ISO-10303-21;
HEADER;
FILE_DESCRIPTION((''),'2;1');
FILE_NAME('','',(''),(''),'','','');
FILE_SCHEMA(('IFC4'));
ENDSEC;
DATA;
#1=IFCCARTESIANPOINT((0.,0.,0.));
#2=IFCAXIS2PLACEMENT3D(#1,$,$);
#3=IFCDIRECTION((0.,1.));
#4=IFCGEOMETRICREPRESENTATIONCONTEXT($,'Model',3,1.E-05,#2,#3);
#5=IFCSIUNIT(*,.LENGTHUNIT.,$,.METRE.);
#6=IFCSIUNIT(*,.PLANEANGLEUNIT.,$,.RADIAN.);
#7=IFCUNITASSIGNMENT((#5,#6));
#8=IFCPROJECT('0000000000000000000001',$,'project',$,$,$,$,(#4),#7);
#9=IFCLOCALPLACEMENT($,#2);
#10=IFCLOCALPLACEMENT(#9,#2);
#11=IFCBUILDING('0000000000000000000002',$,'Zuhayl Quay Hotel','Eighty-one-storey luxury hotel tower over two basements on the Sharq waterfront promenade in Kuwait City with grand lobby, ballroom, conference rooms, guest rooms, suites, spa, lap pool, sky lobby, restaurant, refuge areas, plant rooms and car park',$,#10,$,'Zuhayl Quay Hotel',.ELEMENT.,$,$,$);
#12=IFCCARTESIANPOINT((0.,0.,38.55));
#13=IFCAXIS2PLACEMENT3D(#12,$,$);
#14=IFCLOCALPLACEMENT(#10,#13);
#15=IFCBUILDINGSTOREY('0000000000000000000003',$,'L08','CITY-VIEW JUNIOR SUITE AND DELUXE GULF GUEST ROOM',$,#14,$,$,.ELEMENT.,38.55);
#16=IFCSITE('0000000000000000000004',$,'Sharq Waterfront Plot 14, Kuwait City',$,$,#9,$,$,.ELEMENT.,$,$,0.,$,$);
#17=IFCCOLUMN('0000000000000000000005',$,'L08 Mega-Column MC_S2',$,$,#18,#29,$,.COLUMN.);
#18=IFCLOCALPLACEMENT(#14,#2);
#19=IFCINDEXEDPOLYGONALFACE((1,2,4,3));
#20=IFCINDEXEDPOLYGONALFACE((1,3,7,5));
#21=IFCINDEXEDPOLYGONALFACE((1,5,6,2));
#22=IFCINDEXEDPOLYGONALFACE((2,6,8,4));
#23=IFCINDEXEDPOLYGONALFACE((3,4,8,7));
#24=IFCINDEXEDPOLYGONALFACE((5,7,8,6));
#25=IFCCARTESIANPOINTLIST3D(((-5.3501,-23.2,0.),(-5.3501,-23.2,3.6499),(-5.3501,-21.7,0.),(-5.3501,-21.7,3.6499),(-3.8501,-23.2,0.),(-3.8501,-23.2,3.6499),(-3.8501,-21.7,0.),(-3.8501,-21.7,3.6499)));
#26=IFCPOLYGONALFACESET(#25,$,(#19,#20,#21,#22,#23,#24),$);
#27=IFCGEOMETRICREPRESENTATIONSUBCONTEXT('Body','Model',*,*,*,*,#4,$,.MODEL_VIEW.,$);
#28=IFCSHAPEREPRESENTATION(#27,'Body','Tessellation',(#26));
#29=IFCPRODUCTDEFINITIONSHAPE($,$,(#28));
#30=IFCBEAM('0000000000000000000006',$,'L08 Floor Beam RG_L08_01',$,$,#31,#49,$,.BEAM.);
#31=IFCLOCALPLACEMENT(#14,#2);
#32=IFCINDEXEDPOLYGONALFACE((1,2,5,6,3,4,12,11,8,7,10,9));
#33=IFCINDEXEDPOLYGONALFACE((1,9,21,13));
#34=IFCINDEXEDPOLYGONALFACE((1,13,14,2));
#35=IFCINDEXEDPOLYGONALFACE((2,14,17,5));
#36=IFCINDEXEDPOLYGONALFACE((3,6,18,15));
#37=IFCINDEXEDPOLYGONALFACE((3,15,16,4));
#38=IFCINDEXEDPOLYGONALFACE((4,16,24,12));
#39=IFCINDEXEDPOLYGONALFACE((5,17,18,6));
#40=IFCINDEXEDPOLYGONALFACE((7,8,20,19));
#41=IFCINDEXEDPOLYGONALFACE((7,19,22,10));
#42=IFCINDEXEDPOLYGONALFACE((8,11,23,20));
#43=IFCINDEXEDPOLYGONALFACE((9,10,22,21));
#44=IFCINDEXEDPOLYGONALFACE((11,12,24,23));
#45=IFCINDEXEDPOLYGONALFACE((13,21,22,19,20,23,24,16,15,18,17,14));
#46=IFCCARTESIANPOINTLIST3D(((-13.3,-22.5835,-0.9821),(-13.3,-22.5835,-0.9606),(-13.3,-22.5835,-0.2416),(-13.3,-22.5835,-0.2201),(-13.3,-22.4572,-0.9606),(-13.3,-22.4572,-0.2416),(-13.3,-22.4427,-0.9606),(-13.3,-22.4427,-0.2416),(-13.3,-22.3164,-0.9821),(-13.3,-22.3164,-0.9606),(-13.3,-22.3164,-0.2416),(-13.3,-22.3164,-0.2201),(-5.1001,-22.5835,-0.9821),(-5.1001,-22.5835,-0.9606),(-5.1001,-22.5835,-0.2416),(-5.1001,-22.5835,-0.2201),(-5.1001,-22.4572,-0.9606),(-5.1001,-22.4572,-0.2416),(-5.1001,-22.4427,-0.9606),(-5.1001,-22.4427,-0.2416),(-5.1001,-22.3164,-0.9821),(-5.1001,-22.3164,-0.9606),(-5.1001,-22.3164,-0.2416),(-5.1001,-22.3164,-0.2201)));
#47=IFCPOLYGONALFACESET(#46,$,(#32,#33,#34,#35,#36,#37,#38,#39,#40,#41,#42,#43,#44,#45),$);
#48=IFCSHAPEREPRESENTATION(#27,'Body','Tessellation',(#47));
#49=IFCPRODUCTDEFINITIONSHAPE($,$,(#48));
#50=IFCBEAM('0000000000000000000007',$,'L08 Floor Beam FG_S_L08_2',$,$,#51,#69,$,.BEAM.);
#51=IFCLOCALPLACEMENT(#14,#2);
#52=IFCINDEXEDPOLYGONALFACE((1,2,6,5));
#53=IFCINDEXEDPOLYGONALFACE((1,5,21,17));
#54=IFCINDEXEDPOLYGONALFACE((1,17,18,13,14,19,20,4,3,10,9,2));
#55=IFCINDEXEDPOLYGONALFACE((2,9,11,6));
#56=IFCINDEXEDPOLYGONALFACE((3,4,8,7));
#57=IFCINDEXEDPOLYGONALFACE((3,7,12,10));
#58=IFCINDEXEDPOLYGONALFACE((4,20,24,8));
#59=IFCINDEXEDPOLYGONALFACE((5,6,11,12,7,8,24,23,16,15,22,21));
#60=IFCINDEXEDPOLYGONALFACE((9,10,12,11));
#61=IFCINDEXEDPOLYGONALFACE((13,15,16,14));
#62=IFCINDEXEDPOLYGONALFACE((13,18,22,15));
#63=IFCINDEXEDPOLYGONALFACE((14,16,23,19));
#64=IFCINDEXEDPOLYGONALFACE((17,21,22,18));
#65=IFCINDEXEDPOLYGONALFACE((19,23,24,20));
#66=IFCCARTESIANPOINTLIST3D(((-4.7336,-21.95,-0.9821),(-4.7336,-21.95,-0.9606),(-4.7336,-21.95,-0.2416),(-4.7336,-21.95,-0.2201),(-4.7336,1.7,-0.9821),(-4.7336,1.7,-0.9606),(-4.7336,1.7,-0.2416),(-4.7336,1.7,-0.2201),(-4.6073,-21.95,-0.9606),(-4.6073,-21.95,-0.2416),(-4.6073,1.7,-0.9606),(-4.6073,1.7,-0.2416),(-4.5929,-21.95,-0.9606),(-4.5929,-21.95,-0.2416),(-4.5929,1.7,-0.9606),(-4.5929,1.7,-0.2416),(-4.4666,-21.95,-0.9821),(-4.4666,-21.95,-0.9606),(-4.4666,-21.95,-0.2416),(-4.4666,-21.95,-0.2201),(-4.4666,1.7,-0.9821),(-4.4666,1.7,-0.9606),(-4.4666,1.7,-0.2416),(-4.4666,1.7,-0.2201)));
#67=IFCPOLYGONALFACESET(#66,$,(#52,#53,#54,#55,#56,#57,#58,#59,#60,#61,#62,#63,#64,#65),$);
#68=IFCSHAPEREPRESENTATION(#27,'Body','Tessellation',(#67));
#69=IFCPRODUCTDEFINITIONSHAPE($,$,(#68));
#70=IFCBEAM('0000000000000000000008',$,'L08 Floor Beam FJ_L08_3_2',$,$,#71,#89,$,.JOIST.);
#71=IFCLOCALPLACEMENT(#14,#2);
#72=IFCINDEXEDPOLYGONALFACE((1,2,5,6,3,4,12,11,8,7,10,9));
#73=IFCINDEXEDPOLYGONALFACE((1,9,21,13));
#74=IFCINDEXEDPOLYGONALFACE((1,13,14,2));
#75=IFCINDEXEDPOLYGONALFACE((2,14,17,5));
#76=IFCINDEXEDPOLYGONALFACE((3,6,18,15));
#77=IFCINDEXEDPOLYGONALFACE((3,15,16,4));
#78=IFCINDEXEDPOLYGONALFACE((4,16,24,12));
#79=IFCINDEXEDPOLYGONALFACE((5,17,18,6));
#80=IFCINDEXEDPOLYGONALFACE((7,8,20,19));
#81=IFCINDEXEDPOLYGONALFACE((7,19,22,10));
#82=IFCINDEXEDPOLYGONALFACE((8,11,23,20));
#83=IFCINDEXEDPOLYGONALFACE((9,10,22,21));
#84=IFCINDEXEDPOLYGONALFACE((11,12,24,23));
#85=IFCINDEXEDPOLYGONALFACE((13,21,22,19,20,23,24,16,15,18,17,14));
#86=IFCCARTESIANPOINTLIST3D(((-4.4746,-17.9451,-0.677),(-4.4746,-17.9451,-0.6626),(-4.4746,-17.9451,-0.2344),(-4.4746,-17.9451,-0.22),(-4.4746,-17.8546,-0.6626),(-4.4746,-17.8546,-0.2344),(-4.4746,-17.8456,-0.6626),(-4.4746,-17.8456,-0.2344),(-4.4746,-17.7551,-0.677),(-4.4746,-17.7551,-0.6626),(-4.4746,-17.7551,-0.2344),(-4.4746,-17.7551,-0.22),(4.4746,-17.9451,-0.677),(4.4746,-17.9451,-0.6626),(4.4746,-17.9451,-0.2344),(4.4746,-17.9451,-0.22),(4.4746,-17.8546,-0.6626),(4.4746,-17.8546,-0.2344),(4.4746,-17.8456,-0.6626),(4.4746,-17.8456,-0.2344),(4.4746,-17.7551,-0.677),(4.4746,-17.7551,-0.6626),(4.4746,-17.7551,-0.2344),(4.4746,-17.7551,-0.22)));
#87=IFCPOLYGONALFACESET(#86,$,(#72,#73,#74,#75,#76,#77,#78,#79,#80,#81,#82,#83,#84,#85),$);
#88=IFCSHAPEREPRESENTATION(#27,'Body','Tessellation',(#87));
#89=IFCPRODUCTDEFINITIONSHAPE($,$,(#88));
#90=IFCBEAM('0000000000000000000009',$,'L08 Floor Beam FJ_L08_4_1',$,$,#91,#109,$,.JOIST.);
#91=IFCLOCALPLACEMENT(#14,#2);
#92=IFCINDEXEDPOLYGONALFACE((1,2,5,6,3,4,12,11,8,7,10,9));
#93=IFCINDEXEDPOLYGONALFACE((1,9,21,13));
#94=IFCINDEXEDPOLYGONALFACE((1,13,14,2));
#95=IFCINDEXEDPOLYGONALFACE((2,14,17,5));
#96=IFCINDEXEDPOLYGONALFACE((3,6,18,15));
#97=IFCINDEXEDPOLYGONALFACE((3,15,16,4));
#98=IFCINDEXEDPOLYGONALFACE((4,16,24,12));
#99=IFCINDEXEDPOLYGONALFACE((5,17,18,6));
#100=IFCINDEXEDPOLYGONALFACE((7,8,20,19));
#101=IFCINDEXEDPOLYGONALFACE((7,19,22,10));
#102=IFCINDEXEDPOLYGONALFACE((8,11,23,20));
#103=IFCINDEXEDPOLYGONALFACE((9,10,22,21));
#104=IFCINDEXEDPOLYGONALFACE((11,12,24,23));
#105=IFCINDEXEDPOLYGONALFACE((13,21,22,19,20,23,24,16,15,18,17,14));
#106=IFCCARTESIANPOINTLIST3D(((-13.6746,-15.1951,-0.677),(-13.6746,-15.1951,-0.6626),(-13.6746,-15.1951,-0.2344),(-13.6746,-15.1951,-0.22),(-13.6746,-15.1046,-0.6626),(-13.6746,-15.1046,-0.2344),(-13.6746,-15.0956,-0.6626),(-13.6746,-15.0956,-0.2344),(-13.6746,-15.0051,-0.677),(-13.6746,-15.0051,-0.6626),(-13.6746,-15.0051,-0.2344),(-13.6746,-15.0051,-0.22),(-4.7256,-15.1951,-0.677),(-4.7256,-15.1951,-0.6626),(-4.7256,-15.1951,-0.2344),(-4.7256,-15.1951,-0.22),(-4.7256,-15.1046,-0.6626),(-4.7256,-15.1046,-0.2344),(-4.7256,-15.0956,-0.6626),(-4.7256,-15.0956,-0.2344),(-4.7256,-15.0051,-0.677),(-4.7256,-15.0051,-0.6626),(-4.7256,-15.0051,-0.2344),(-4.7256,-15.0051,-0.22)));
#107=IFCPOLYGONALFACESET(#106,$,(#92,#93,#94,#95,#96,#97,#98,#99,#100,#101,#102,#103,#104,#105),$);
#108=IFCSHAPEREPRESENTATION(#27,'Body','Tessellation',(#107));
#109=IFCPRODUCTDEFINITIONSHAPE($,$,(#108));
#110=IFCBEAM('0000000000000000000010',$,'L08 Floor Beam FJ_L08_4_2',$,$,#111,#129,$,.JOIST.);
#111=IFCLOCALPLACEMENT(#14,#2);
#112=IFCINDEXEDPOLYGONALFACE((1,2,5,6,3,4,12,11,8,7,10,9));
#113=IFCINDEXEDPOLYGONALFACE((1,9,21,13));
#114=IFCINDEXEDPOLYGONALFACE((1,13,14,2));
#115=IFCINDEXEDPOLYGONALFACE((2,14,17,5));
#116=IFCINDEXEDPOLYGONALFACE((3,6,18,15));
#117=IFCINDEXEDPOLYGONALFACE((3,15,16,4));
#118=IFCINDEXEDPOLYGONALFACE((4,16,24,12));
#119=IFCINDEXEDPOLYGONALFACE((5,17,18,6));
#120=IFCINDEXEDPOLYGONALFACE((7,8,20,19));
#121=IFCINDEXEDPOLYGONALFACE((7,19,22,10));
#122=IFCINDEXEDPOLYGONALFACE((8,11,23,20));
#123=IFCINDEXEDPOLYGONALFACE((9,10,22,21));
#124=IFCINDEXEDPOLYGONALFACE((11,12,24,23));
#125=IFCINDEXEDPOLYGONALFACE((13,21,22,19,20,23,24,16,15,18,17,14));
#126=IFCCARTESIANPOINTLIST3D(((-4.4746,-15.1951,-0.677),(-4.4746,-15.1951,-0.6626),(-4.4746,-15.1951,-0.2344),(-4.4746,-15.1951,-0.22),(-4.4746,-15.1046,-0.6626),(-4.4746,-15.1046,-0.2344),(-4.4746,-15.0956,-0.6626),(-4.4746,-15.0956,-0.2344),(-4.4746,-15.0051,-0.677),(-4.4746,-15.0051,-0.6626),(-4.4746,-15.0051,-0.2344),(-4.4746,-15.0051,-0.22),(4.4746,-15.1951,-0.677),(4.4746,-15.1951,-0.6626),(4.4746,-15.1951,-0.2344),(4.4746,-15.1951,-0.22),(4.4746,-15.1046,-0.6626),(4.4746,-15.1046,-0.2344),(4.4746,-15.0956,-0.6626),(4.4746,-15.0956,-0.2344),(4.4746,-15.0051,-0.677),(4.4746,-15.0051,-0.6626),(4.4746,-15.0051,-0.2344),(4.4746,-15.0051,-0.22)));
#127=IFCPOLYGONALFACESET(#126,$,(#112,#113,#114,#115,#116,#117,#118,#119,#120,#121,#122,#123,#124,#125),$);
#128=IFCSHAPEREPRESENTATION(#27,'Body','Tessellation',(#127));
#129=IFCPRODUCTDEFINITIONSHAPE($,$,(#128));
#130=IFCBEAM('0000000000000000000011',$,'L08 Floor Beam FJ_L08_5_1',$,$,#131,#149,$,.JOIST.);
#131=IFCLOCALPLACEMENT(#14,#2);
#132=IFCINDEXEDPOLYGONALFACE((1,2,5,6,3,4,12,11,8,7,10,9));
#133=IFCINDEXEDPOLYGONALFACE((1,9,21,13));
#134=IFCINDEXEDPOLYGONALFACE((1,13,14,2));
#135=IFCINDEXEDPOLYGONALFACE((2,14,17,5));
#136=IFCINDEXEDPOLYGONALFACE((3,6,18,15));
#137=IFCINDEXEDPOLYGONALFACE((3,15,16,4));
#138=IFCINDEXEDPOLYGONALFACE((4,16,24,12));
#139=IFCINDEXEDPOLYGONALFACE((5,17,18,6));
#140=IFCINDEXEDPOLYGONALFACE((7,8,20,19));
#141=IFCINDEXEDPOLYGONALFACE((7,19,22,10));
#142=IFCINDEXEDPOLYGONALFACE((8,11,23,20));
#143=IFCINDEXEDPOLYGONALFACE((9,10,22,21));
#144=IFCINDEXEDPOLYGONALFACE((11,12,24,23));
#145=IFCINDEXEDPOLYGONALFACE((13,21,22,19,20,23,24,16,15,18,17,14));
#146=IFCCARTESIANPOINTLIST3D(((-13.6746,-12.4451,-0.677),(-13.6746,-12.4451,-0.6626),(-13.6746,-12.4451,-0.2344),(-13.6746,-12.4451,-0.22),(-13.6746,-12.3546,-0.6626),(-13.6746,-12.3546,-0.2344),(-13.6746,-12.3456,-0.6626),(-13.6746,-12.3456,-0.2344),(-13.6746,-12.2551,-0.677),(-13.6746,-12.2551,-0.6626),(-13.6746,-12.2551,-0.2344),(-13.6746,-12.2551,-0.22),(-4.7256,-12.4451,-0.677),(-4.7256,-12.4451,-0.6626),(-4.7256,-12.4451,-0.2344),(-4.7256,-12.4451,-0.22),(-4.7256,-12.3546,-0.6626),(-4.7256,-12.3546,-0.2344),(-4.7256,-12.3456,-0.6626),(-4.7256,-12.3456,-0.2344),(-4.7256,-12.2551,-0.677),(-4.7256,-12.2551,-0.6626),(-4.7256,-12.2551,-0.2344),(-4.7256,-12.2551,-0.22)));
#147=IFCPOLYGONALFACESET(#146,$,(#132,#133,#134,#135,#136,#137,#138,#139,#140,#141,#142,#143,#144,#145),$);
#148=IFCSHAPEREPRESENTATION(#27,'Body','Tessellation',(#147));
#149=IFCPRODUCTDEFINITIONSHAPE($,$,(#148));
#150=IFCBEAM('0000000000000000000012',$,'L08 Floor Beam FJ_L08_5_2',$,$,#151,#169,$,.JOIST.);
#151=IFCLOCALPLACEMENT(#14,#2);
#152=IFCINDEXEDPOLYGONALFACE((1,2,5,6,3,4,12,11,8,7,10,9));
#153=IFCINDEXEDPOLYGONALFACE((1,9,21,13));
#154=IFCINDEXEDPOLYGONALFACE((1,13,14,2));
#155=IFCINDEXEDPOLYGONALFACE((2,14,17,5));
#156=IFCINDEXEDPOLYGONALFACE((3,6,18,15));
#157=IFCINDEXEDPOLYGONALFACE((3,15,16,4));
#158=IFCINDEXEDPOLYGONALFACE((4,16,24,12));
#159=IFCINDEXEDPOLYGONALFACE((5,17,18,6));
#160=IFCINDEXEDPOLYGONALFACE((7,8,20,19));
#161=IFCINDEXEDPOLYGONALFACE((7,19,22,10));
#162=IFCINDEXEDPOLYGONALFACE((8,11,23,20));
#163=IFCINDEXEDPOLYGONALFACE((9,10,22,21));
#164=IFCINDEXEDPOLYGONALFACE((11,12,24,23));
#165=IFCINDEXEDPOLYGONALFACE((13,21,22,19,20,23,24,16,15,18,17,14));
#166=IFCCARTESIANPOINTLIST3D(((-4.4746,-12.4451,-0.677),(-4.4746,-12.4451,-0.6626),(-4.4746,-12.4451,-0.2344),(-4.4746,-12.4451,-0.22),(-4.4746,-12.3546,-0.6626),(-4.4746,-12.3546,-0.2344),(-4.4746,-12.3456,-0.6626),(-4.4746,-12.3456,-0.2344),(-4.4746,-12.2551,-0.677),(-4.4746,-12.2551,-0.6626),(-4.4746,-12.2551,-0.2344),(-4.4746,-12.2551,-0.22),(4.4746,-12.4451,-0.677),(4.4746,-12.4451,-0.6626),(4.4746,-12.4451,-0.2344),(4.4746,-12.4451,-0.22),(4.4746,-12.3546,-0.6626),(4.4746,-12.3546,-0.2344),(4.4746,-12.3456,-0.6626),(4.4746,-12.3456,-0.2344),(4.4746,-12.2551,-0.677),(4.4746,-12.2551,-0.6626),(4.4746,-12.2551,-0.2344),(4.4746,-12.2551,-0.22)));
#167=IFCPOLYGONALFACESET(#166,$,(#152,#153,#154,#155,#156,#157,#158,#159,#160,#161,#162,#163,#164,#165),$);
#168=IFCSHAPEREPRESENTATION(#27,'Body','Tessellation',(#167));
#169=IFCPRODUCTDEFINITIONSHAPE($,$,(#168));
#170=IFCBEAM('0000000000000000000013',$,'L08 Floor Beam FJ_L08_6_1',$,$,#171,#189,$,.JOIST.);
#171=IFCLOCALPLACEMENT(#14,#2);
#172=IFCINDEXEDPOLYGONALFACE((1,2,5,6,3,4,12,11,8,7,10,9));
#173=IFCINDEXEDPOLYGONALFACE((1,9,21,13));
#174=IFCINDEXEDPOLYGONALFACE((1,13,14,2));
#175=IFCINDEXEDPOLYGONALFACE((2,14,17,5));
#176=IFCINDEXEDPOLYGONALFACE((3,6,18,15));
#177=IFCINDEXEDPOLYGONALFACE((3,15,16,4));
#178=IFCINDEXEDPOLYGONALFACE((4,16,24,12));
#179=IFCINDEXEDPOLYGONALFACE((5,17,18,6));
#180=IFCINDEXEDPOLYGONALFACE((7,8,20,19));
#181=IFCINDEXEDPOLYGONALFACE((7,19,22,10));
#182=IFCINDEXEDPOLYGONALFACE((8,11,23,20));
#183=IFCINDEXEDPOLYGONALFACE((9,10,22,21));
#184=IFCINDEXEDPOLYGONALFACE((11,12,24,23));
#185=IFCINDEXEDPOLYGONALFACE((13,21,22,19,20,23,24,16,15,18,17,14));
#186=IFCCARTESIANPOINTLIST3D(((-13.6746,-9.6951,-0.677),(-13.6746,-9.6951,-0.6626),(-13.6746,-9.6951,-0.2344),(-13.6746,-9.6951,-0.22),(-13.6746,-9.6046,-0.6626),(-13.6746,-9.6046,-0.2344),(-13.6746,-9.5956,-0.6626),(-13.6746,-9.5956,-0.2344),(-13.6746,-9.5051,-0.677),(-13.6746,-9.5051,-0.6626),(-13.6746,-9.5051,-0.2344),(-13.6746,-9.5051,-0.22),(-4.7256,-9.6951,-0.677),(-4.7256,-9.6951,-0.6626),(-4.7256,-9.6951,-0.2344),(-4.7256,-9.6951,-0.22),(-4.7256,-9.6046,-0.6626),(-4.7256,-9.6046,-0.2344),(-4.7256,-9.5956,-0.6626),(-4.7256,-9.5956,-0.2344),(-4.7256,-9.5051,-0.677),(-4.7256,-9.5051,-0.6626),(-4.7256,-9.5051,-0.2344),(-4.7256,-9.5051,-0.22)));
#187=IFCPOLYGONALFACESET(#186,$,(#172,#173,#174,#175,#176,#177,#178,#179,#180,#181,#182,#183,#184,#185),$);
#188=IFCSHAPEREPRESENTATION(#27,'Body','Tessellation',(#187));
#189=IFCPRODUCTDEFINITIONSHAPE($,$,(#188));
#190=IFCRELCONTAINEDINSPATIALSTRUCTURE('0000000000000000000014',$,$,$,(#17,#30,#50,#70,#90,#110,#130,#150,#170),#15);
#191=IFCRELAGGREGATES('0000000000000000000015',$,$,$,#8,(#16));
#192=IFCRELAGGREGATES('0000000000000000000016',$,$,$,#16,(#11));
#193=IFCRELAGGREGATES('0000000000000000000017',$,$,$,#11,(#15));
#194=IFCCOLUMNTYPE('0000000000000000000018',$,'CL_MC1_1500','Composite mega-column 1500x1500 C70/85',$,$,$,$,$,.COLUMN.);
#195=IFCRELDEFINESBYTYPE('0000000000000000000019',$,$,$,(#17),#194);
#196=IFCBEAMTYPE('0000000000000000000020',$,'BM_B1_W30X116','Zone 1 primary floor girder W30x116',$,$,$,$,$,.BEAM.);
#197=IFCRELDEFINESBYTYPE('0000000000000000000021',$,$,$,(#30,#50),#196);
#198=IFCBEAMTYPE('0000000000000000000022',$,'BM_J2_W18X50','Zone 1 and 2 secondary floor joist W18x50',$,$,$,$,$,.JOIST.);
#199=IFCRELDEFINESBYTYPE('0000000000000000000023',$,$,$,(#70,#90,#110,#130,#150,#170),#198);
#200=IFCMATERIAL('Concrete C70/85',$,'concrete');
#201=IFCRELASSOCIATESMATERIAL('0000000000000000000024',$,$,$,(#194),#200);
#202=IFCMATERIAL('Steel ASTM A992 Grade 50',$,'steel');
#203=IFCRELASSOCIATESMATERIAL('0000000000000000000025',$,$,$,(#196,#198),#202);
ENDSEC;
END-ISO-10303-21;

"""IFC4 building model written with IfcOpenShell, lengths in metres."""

from ifc_helpers import new_model, si_unit, direction, frame, origin, origin_2d, place, context, subcontext, project, spatial, rectangle, i_section, extrude, material, material_profile, profile_set, type_object, element, save


model = new_model("IFC4")

# Units and contexts
model_context = context("Model", 3, precision=1e-05, world=origin(), true_north=direction((0.0, 1.0)))
body_context = subcontext(model_context, "Body", "Model", "MODEL_VIEW")
ifc_project = project(units=[si_unit("LENGTHUNIT", "METRE"), si_unit("PLANEANGLEUNIT", "RADIAN")], contexts=[model_context])

# Site, building, storey
site_placement = place(None, origin())
site = spatial("IfcSite", under=ifc_project, at=site_placement, Name="Sharq Waterfront Plot 14, Kuwait City", CompositionType="ELEMENT", RefElevation=0.0)
building_placement = place(site_placement, origin())
building = spatial("IfcBuilding", under=site, at=building_placement, Name="Zuhayl Quay Hotel", Description="Eighty-one-storey luxury hotel tower over two basements on the Sharq waterfront promenade in Kuwait City with grand lobby, ballroom, conference rooms, guest rooms, suites, spa, lap pool, sky lobby, restaurant, refuge areas, plant rooms and car park", LongName="Zuhayl Quay Hotel", CompositionType="ELEMENT")
storey_placement = place(building_placement, frame((0.0, 0.0, 38.55)))
storey = spatial("IfcBuildingStorey", under=building, at=storey_placement, Name="L08", Description="CITY-VIEW JUNIOR SUITE AND DELUXE GULF GUEST ROOM", CompositionType="ELEMENT", Elevation=38.55)

# Column
ifc_material_1 = material(Name="Concrete C70/85", Category="concrete")
ifc_material_profile_1 = material_profile(ifc_material_1, rectangle(XDim=1.5, YDim=1.5, at=origin_2d()), Name="RC1500X1500")
ifc_profile_set_1 = profile_set([ifc_material_profile_1], Name="Concrete C70/85")
column_type = type_object("IfcColumnType", Name="CL_MC1_1500", Description="Composite mega-column 1500x1500 C70/85", PredefinedType="COLUMN", material=ifc_profile_set_1)
column_placement = place(storey_placement, frame((-4.6001, -22.45, 0.0), z_axis=(0.0, 0.0, 1.0), x_axis=(1.0, 0.0, 0.0)))
element("IfcColumn", 1, at=column_placement, inside=storey, type_object=column_type, Name="L08 Mega-Column MC_S2", PredefinedType="COLUMN", context=body_context, shape_type="SweptSolid", body=[
    extrude(rectangle(XDim=1.5, YDim=1.5, at=origin_2d()), origin(), (0.0, 0.0, 1.0), 3.6499),
])

# Beams
ifc_material_2 = material(Name="Steel ASTM A992 Grade 50", Category="steel")
ifc_material_profile_2 = material_profile(ifc_material_2, i_section(OverallWidth=0.2671, OverallDepth=0.762, WebThickness=0.0144, FlangeThickness=0.0215, at=origin_2d()), Name="W30X116")
ifc_profile_set_2 = profile_set([ifc_material_profile_2], Name="Steel ASTM A992 Grade 50")
beam_type_1 = type_object("IfcBeamType", Name="BM_B1_W30X116", Description="Zone 1 primary floor girder W30x116", PredefinedType="BEAM", material=ifc_profile_set_2)
beam_1_placement = place(storey_placement, frame((-13.3, -22.45, -0.6011), z_axis=(1.0, 0.0, 0.0), x_axis=(0.0, 1.0, 0.0)))
element("IfcBeam", 2, at=beam_1_placement, inside=storey, type_object=beam_type_1, Name="L08 Floor Beam RG_L08_01", PredefinedType="BEAM", context=body_context, shape_type="SweptSolid", body=[
    extrude(i_section(OverallWidth=0.2671, OverallDepth=0.762, WebThickness=0.0144, FlangeThickness=0.0215, at=origin_2d()), origin(), (0.0, 0.0, 1.0), 8.2),
])
beam_2_placement = place(storey_placement, frame((-4.6001, -21.95, -0.6011), z_axis=(0.0, 1.0, 0.0), x_axis=(-1.0, 0.0, 0.0)))
element("IfcBeam", 3, at=beam_2_placement, inside=storey, type_object=beam_type_1, Name="L08 Floor Beam FG_S_L08_2", PredefinedType="BEAM", context=body_context, shape_type="SweptSolid", body=[
    extrude(i_section(OverallWidth=0.2671, OverallDepth=0.762, WebThickness=0.0144, FlangeThickness=0.0215, at=origin_2d()), origin(), (0.0, 0.0, 1.0), 23.6499),
])
ifc_material_profile_3 = material_profile(ifc_material_2, i_section(OverallWidth=0.1899, OverallDepth=0.457, WebThickness=0.009, FlangeThickness=0.0144, at=origin_2d()), Name="W18X50")
ifc_profile_set_3 = profile_set([ifc_material_profile_3], Name="Steel ASTM A992 Grade 50")
beam_type_2 = type_object("IfcBeamType", Name="BM_J2_W18X50", Description="Zone 1 and 2 secondary floor joist W18x50", PredefinedType="JOIST", material=ifc_profile_set_3)
beam_3_placement = place(storey_placement, frame((-4.4746, -17.8501, -0.4485), z_axis=(1.0, 0.0, 0.0), x_axis=(0.0, 1.0, 0.0)))
element("IfcBeam", 4, at=beam_3_placement, inside=storey, type_object=beam_type_2, Name="L08 Floor Beam FJ_L08_3_2", PredefinedType="JOIST", context=body_context, shape_type="SweptSolid", body=[
    extrude(i_section(OverallWidth=0.1899, OverallDepth=0.457, WebThickness=0.009, FlangeThickness=0.0144, at=origin_2d()), origin(), (0.0, 0.0, 1.0), 8.9492),
])
beam_4_placement = place(storey_placement, frame((-13.6746, -15.1001, -0.4485), z_axis=(1.0, 0.0, 0.0), x_axis=(0.0, 1.0, 0.0)))
element("IfcBeam", 5, at=beam_4_placement, inside=storey, type_object=beam_type_2, Name="L08 Floor Beam FJ_L08_4_1", PredefinedType="JOIST", context=body_context, shape_type="SweptSolid", body=[
    extrude(i_section(OverallWidth=0.1899, OverallDepth=0.457, WebThickness=0.009, FlangeThickness=0.0144, at=origin_2d()), origin(), (0.0, 0.0, 1.0), 8.949),
])
beam_5_placement = place(storey_placement, frame((-4.4746, -15.1001, -0.4485), z_axis=(1.0, 0.0, 0.0), x_axis=(0.0, 1.0, 0.0)))
element("IfcBeam", 6, at=beam_5_placement, inside=storey, type_object=beam_type_2, Name="L08 Floor Beam FJ_L08_4_2", PredefinedType="JOIST", context=body_context, shape_type="SweptSolid", body=[
    extrude(i_section(OverallWidth=0.1899, OverallDepth=0.457, WebThickness=0.009, FlangeThickness=0.0144, at=origin_2d()), origin(), (0.0, 0.0, 1.0), 8.9492),
])
beam_6_placement = place(storey_placement, frame((-13.6746, -12.3501, -0.4485), z_axis=(1.0, 0.0, 0.0), x_axis=(0.0, 1.0, 0.0)))
element("IfcBeam", 7, at=beam_6_placement, inside=storey, type_object=beam_type_2, Name="L08 Floor Beam FJ_L08_5_1", PredefinedType="JOIST", context=body_context, shape_type="SweptSolid", body=[
    extrude(i_section(OverallWidth=0.1899, OverallDepth=0.457, WebThickness=0.009, FlangeThickness=0.0144, at=origin_2d()), origin(), (0.0, 0.0, 1.0), 8.949),
])
beam_7_placement = place(storey_placement, frame((-4.4746, -12.3501, -0.4485), z_axis=(1.0, 0.0, 0.0), x_axis=(0.0, 1.0, 0.0)))
element("IfcBeam", 8, at=beam_7_placement, inside=storey, type_object=beam_type_2, Name="L08 Floor Beam FJ_L08_5_2", PredefinedType="JOIST", context=body_context, shape_type="SweptSolid", body=[
    extrude(i_section(OverallWidth=0.1899, OverallDepth=0.457, WebThickness=0.009, FlangeThickness=0.0144, at=origin_2d()), origin(), (0.0, 0.0, 1.0), 8.9492),
])
beam_8_placement = place(storey_placement, frame((-13.6746, -9.6001, -0.4485), z_axis=(1.0, 0.0, 0.0), x_axis=(0.0, 1.0, 0.0)))
element("IfcBeam", 9, at=beam_8_placement, inside=storey, type_object=beam_type_2, Name="L08 Floor Beam FJ_L08_6_1", PredefinedType="JOIST", context=body_context, shape_type="SweptSolid", body=[
    extrude(i_section(OverallWidth=0.1899, OverallDepth=0.457, WebThickness=0.009, FlangeThickness=0.0144, at=origin_2d()), origin(), (0.0, 0.0, 1.0), 8.949),
])

save(model, "model.ifc")
